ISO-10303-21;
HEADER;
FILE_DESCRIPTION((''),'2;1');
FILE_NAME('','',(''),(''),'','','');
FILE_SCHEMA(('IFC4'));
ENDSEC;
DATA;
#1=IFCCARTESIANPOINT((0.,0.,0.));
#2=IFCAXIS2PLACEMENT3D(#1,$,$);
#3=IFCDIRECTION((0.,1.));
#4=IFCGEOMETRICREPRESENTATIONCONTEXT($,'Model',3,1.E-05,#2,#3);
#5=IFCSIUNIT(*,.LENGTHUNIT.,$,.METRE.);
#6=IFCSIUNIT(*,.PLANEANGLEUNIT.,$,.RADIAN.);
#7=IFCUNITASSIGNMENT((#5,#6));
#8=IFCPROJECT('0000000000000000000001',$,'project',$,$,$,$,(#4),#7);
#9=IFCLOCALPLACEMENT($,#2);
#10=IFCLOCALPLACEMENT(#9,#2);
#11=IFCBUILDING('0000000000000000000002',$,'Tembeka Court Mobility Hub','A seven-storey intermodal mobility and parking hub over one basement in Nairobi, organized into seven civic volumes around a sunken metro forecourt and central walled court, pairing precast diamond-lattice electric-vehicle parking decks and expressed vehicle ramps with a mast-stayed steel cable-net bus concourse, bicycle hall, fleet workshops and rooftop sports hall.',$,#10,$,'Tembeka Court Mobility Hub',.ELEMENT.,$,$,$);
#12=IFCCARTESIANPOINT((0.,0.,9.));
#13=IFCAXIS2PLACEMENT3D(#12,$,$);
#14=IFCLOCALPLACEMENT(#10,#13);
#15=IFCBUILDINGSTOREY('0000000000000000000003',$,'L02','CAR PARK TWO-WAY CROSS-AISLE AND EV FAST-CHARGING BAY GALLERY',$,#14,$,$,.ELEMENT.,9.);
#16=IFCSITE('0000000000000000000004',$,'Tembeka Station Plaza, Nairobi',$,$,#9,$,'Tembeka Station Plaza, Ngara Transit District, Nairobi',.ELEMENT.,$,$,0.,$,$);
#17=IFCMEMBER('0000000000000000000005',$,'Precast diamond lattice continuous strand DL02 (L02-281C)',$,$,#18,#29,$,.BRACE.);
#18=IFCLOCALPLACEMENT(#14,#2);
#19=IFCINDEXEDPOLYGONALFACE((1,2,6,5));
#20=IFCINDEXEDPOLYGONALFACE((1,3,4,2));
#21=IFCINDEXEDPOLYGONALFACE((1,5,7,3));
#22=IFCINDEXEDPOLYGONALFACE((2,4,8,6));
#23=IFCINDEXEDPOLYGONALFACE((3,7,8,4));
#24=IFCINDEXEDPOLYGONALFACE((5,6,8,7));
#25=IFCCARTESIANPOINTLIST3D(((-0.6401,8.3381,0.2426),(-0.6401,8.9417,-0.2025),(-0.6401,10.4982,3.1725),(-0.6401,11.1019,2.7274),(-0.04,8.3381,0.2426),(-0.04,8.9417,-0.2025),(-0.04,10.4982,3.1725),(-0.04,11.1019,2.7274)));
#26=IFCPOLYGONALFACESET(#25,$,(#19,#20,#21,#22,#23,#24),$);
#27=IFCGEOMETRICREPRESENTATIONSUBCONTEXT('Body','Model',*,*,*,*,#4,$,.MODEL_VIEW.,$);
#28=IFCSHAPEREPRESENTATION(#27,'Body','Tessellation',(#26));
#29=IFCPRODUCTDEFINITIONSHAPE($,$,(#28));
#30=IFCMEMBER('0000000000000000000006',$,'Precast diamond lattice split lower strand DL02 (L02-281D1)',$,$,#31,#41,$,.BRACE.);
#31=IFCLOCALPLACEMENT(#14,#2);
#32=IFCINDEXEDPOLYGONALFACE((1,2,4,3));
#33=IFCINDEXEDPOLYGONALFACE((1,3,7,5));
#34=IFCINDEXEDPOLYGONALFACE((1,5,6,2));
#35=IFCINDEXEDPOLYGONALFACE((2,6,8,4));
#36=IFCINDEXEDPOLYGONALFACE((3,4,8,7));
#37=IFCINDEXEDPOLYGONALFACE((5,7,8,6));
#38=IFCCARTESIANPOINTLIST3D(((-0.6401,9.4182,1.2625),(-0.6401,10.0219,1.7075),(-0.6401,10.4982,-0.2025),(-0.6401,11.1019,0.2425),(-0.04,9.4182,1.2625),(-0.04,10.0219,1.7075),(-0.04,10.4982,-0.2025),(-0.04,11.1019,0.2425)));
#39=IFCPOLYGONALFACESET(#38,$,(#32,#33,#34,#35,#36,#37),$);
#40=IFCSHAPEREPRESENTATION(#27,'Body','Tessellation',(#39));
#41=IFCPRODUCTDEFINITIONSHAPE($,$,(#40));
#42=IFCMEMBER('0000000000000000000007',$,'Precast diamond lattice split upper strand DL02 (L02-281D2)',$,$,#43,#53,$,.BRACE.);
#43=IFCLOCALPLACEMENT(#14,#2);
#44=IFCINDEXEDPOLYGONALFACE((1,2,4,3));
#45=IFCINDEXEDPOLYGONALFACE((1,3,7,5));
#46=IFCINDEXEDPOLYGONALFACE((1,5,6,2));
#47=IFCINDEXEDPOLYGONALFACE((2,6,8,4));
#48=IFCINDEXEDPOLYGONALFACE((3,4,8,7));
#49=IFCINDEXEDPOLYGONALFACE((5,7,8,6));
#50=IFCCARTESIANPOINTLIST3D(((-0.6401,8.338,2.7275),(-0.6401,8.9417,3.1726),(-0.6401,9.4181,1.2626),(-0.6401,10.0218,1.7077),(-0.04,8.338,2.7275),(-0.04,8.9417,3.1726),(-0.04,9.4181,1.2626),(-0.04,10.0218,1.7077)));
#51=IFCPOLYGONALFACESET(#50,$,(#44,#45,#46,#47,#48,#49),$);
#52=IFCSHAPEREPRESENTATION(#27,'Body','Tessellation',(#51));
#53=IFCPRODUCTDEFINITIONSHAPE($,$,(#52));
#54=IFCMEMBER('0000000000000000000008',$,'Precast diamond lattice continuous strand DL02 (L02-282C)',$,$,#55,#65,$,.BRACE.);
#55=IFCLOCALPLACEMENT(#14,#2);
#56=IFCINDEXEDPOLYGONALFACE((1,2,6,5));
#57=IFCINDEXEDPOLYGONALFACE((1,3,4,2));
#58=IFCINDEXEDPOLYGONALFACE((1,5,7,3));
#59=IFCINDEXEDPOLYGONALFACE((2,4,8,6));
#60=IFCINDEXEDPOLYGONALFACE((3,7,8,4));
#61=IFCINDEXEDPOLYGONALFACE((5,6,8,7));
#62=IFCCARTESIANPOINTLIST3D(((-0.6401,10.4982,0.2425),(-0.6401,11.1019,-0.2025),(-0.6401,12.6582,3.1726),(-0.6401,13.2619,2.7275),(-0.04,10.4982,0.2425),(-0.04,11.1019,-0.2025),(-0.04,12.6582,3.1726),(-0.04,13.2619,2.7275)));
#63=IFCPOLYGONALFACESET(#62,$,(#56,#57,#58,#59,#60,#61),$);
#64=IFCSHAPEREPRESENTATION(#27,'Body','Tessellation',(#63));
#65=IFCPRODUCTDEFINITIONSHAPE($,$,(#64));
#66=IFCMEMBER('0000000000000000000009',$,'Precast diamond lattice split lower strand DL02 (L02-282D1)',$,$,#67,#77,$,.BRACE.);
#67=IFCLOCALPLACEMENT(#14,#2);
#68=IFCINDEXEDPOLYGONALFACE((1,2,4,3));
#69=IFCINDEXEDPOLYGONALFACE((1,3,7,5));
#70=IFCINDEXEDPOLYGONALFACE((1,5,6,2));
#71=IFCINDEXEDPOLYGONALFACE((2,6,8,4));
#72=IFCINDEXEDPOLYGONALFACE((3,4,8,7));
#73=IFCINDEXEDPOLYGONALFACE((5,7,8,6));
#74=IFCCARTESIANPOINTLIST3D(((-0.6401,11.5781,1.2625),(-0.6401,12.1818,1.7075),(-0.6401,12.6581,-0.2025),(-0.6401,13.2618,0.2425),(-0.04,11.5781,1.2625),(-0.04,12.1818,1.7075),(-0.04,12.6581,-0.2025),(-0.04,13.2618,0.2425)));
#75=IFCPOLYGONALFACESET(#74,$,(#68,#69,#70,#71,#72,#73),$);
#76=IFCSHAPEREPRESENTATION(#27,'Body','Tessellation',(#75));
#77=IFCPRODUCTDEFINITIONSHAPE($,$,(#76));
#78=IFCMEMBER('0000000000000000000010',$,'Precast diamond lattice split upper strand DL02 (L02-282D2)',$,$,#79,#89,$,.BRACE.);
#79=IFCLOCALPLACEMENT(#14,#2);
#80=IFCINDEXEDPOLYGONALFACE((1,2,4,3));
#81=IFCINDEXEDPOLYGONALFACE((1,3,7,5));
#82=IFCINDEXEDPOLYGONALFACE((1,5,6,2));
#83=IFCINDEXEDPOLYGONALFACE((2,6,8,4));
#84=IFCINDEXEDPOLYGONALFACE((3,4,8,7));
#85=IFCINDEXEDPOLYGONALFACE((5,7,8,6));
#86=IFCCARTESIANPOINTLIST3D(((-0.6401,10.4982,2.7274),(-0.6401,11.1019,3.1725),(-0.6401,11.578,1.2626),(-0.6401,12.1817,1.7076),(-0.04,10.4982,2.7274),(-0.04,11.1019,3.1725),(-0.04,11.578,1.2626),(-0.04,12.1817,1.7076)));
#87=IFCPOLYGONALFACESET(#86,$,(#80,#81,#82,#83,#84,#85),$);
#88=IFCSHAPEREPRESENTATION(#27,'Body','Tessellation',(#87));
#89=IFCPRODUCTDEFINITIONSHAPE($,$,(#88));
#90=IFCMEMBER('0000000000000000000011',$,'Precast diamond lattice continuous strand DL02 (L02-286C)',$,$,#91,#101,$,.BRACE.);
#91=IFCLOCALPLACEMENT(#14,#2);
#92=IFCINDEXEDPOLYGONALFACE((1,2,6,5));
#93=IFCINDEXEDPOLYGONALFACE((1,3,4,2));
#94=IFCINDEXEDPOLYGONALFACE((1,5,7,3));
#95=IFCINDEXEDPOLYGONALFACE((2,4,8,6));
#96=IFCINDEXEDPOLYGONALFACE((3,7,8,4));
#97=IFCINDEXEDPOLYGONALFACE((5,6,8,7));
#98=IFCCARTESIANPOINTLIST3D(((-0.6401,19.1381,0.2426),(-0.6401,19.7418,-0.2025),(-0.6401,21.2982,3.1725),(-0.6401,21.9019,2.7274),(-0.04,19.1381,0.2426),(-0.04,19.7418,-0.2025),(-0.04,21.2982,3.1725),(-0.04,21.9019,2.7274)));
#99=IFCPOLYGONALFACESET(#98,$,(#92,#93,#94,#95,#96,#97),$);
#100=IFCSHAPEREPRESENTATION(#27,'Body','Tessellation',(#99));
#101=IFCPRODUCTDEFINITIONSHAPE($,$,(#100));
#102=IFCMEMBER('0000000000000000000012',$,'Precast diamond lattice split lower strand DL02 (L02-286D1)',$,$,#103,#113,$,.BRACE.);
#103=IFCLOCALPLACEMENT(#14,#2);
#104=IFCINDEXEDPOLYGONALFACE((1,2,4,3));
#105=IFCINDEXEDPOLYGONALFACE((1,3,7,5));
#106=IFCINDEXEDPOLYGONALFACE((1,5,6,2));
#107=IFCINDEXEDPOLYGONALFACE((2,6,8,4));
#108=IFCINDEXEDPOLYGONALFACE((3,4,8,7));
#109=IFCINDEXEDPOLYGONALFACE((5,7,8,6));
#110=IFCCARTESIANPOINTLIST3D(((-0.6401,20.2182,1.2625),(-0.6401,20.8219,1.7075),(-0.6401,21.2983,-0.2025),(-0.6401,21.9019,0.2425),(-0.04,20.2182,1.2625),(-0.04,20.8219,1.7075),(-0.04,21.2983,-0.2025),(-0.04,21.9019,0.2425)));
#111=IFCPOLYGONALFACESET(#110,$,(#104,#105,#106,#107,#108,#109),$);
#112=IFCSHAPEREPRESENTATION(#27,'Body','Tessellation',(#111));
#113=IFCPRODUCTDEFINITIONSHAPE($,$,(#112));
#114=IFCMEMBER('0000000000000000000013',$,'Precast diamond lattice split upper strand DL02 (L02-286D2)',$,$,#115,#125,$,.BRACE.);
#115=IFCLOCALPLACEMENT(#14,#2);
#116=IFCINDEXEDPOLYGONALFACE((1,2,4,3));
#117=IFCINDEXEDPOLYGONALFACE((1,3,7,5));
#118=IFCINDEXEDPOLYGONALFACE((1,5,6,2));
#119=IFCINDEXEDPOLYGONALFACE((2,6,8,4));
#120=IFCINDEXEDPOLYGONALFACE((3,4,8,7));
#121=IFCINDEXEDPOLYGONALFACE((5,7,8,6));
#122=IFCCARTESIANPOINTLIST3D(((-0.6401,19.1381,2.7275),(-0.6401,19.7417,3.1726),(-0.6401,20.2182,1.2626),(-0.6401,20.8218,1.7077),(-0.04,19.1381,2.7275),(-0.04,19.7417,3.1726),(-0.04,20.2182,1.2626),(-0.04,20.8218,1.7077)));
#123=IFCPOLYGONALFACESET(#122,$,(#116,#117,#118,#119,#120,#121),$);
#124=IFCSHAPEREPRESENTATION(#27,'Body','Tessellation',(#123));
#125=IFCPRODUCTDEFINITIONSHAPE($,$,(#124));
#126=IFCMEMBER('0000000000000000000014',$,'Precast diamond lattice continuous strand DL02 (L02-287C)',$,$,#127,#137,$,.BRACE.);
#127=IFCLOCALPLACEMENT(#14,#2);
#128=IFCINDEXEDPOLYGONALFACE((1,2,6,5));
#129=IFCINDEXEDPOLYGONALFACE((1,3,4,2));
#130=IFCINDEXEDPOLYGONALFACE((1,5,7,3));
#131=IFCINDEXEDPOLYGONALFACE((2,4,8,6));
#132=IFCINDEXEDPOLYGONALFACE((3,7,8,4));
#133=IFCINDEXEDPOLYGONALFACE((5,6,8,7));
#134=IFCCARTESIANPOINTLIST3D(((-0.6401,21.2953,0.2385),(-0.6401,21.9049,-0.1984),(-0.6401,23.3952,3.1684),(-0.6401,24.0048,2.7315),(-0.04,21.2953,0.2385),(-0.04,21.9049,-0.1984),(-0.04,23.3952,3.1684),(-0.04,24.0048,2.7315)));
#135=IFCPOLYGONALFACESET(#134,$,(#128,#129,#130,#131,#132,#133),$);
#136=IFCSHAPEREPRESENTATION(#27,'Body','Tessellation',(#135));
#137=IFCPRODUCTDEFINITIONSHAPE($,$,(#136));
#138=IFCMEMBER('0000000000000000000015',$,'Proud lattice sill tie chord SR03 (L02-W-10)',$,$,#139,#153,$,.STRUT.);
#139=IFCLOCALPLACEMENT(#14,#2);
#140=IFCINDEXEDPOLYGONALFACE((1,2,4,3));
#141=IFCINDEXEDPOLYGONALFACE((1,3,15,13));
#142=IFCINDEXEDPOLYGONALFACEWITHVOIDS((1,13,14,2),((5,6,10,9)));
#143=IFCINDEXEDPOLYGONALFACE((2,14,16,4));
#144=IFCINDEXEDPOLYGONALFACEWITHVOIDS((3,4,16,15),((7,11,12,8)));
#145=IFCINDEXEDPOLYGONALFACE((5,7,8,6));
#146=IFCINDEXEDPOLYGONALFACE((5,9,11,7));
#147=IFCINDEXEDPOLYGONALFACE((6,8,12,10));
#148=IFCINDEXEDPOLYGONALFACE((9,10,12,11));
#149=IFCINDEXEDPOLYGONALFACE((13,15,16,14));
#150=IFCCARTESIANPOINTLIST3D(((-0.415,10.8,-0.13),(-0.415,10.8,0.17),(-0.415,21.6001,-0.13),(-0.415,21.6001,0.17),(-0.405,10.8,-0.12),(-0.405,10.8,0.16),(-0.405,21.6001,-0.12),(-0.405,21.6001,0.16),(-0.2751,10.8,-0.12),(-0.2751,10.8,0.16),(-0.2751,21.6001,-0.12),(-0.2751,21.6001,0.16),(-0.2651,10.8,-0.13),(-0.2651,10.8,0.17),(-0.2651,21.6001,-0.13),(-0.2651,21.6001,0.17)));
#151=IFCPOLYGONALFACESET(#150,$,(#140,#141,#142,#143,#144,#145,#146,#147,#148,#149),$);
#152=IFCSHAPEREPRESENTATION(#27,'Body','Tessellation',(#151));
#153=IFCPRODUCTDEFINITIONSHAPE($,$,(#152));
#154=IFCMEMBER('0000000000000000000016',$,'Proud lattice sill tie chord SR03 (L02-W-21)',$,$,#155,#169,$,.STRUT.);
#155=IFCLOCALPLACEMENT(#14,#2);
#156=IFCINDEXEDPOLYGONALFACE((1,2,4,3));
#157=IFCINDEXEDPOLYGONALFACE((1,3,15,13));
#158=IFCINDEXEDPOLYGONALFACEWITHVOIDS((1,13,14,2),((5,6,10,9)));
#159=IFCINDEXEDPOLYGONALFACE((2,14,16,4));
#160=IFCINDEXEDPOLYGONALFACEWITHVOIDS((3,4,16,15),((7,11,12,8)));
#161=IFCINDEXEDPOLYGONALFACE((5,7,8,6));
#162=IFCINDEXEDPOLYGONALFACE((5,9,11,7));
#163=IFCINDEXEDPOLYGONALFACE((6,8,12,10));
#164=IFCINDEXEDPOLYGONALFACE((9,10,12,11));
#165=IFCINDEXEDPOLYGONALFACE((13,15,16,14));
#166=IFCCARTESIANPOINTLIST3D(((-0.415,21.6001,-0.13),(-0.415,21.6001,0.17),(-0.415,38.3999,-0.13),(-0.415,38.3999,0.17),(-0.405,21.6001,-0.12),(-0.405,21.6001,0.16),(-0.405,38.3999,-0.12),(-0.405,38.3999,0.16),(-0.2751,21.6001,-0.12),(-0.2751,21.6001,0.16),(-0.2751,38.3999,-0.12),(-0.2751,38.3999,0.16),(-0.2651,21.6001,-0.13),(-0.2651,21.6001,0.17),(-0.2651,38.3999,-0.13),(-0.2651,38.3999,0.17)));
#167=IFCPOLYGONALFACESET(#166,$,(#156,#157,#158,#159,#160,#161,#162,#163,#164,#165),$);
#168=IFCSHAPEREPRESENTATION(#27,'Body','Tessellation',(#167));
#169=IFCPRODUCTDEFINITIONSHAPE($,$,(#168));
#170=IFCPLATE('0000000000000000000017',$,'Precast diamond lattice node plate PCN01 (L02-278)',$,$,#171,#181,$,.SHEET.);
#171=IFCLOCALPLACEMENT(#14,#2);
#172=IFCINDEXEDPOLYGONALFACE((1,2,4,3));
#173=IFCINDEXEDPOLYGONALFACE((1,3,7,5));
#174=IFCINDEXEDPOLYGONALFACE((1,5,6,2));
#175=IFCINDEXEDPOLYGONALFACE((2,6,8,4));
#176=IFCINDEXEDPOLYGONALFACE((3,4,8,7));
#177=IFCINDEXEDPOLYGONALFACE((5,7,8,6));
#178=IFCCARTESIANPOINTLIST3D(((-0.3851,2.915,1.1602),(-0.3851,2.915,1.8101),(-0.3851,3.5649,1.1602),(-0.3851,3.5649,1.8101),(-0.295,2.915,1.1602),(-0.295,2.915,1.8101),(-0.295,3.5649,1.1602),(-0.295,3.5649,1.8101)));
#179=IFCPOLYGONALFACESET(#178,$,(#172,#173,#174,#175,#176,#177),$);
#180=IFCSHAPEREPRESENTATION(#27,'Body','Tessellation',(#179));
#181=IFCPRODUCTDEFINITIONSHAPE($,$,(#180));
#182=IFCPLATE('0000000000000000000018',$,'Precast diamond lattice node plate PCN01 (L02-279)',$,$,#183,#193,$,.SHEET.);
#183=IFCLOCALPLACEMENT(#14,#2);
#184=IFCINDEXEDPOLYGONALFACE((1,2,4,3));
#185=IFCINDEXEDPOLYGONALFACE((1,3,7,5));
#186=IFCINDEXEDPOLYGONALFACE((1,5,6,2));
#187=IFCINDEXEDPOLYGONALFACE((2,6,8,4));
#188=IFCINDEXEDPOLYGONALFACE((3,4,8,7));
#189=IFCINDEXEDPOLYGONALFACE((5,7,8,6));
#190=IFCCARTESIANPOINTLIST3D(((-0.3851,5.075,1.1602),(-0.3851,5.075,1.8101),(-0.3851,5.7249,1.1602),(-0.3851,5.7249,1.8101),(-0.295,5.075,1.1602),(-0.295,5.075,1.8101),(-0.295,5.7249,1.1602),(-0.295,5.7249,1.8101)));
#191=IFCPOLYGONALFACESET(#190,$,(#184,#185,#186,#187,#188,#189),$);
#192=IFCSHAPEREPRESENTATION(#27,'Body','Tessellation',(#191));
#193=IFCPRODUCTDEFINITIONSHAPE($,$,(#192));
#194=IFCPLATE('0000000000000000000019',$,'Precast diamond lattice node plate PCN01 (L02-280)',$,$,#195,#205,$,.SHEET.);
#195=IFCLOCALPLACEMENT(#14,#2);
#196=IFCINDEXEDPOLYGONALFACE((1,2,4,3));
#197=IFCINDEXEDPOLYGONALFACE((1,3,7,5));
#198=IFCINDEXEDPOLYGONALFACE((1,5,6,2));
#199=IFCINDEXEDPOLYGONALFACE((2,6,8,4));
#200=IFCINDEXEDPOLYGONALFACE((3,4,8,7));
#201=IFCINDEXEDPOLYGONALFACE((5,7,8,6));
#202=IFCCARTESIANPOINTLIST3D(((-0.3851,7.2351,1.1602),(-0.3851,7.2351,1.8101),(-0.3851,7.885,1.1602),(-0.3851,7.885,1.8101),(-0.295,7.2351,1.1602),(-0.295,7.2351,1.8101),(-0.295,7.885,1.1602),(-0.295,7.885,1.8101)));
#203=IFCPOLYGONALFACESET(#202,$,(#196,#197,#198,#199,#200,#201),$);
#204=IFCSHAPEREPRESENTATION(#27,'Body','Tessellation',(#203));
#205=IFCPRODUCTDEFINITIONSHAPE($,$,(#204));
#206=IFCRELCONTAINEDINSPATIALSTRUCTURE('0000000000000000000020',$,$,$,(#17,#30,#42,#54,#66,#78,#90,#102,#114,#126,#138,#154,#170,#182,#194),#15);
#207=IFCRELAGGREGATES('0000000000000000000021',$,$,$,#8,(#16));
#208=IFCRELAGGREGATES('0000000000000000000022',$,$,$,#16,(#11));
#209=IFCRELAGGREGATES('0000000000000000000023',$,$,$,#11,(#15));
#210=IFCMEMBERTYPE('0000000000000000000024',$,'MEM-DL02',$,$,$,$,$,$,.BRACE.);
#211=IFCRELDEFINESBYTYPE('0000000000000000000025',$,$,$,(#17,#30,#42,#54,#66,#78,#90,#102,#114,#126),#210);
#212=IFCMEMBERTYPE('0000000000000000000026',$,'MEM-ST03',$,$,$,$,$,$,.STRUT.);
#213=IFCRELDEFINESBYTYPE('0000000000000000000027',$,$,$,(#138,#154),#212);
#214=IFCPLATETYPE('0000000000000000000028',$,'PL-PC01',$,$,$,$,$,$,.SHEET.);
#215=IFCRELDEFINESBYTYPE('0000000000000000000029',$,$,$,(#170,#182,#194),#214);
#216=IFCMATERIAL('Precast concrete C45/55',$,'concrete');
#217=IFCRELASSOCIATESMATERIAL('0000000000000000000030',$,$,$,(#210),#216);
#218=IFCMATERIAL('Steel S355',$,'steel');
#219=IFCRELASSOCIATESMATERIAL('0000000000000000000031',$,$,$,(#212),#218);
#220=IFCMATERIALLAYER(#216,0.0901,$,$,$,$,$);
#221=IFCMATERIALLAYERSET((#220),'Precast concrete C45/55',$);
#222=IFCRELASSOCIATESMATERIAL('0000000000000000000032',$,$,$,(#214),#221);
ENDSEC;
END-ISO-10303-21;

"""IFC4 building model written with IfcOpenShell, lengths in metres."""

from ifc_helpers import new_model, si_unit, direction, frame, origin, origin_2d, place, context, subcontext, project, spatial, rectangle, hollow_rectangle, extrude, material, layer, layer_set, material_profile, profile_set, type_object, element, save


model = new_model("IFC4")

# Units and contexts
model_context = context("Model", 3, precision=1e-05, world=origin(), true_north=direction((0.0, 1.0)))
body_context = subcontext(model_context, "Body", "Model", "MODEL_VIEW")
ifc_project = project(units=[si_unit("LENGTHUNIT", "METRE"), si_unit("PLANEANGLEUNIT", "RADIAN")], contexts=[model_context])

# Site, building, storey
site_placement = place(None, origin())
site = spatial("IfcSite", under=ifc_project, at=site_placement, Name="Tembeka Station Plaza, Nairobi", LongName="Tembeka Station Plaza, Ngara Transit District, Nairobi", CompositionType="ELEMENT", RefElevation=0.0)
building_placement = place(site_placement, origin())
building = spatial("IfcBuilding", under=site, at=building_placement, Name="Tembeka Court Mobility Hub", Description="A seven-storey intermodal mobility and parking hub over one basement in Nairobi, organized into seven civic volumes around a sunken metro forecourt and central walled court, pairing precast diamond-lattice electric-vehicle parking decks and expressed vehicle ramps with a mast-stayed steel cable-net bus concourse, bicycle hall, fleet workshops and rooftop sports hall.", LongName="Tembeka Court Mobility Hub", CompositionType="ELEMENT")
storey_placement = place(building_placement, frame((0.0, 0.0, 9.0)))
storey = spatial("IfcBuildingStorey", under=building, at=storey_placement, Name="L02", Description="CAR PARK TWO-WAY CROSS-AISLE AND EV FAST-CHARGING BAY GALLERY", CompositionType="ELEMENT", Elevation=9.0)

# Members
ifc_material_1 = material(Name="Precast concrete C45/55", Category="concrete")
ifc_material_profile_1 = material_profile(ifc_material_1, rectangle(XDim=0.6001, YDim=0.75, at=origin_2d()), Name="PC-DIAG 600x750")
ifc_profile_set_1 = profile_set([ifc_material_profile_1], Name="Precast concrete C45/55")
member_type_1 = type_object("IfcMemberType", Name="MEM-DL02", PredefinedType="BRACE", material=ifc_profile_set_1)
member_1_placement = place(storey_placement, frame((-0.3401, 8.6399, 0.02), z_axis=(0.0, 0.593423, 0.804891), x_axis=(-1.0, 0.0, 0.0)))
element("IfcMember", 1, at=member_1_placement, inside=storey, type_object=member_type_1, Name="Precast diamond lattice continuous strand DL02 (L02-281C)", PredefinedType="BRACE", context=body_context, shape_type="SweptSolid", body=[
    extrude(rectangle(XDim=0.6001, YDim=0.75, at=origin_2d()), origin(), (0.0, 0.0, 1.0), 3.6401),
])
for number, where, z_axis, x_axis, name in (
    (2, (-0.3401, 10.8, 0.02), (0.0, -0.593391, 0.804914), (1.0, 0.0, 0.0), "Precast diamond lattice split lower strand DL02 (L02-281D1)"),
    (3, (-0.3401, 9.72, 1.4851), (0.0, -0.593455, 0.804867), (1.0, 0.0, 0.0), "Precast diamond lattice split upper strand DL02 (L02-281D2)"),
):
    element("IfcMember", number, at=place(storey_placement, frame(where, z_axis=z_axis, x_axis=x_axis)), inside=storey, type_object=member_type_1, Name=name, PredefinedType="BRACE", context=body_context, shape_type="SweptSolid", body=[
        extrude(rectangle(XDim=0.6001, YDim=0.75, at=origin_2d()), origin(), (0.0, 0.0, 1.0), 1.8201),
    ])
member_2_placement = place(storey_placement, frame((-0.3401, 10.8, 0.02), z_axis=(0.0, 0.59338, 0.804923), x_axis=(-1.0, 0.0, 0.0)))
element("IfcMember", 4, at=member_2_placement, inside=storey, type_object=member_type_1, Name="Precast diamond lattice continuous strand DL02 (L02-282C)", PredefinedType="BRACE", context=body_context, shape_type="SweptSolid", body=[
    extrude(rectangle(XDim=0.6001, YDim=0.75, at=origin_2d()), origin(), (0.0, 0.0, 1.0), 3.6401),
])
member_3_placement = place(storey_placement, frame((-0.3401, 12.96, 0.02), z_axis=(0.0, -0.593391, 0.804914), x_axis=(1.0, 0.0, 0.0)))
element("IfcMember", 5, at=member_3_placement, inside=storey, type_object=member_type_1, Name="Precast diamond lattice split lower strand DL02 (L02-282D1)", PredefinedType="BRACE", context=body_context, shape_type="SweptSolid", body=[
    extrude(rectangle(XDim=0.6001, YDim=0.75, at=origin_2d()), origin(), (0.0, 0.0, 1.0), 1.8201),
])
member_4_placement = place(storey_placement, frame((-0.3401, 11.8799, 1.4851), z_axis=(0.0, -0.593368, 0.804931), x_axis=(1.0, 0.0, 0.0)))
element("IfcMember", 6, at=member_4_placement, inside=storey, type_object=member_type_1, Name="Precast diamond lattice split upper strand DL02 (L02-282D2)", PredefinedType="BRACE", context=body_context, shape_type="SweptSolid", body=[
    extrude(rectangle(XDim=0.6001, YDim=0.75, at=origin_2d()), origin(), (0.0, 0.0, 1.0), 1.8198),
])
member_5_placement = place(storey_placement, frame((-0.3401, 19.4399, 0.02), z_axis=(0.0, 0.593423, 0.804891), x_axis=(-1.0, 0.0, 0.0)))
element("IfcMember", 7, at=member_5_placement, inside=storey, type_object=member_type_1, Name="Precast diamond lattice continuous strand DL02 (L02-286C)", PredefinedType="BRACE", context=body_context, shape_type="SweptSolid", body=[
    extrude(rectangle(XDim=0.6001, YDim=0.75, at=origin_2d()), origin(), (0.0, 0.0, 1.0), 3.6401),
])
for number, where, z_axis, x_axis, name in (
    (8, (-0.3401, 21.6001, 0.02), (0.0, -0.593391, 0.804914), (1.0, 0.0, 0.0), "Precast diamond lattice split lower strand DL02 (L02-286D1)"),
    (9, (-0.3401, 20.52, 1.4851), (0.0, -0.593455, 0.804867), (1.0, 0.0, 0.0), "Precast diamond lattice split upper strand DL02 (L02-286D2)"),
):
    element("IfcMember", number, at=place(storey_placement, frame(where, z_axis=z_axis, x_axis=x_axis)), inside=storey, type_object=member_type_1, Name=name, PredefinedType="BRACE", context=body_context, shape_type="SweptSolid", body=[
        extrude(rectangle(XDim=0.6001, YDim=0.75, at=origin_2d()), origin(), (0.0, 0.0, 1.0), 1.8201),
    ])
member_6_placement = place(storey_placement, frame((-0.3401, 21.6001, 0.02), z_axis=(0.0, 0.582532, 0.812808), x_axis=(-1.0, 0.0, 0.0)))
element("IfcMember", 10, at=member_6_placement, inside=storey, type_object=member_type_1, Name="Precast diamond lattice continuous strand DL02 (L02-287C)", PredefinedType="BRACE", context=body_context, shape_type="SweptSolid", body=[
    extrude(rectangle(XDim=0.6001, YDim=0.75, at=origin_2d()), origin(), (0.0, 0.0, 1.0), 3.6047),
])
ifc_material_2 = material(Name="Steel S355", Category="steel")
ifc_material_profile_2 = material_profile(ifc_material_2, hollow_rectangle(XDim=0.1499, YDim=0.3, WallThickness=0.01, at=origin_2d()), Name="RHS 300x150x10")
ifc_profile_set_2 = profile_set([ifc_material_profile_2], Name="Steel S355")
member_type_2 = type_object("IfcMemberType", Name="MEM-ST03", PredefinedType="STRUT", material=ifc_profile_set_2)
member_7_placement = place(storey_placement, frame((-0.3401, 10.8, 0.02), z_axis=(0.0, 1.0, 0.0), x_axis=(-1.0, 0.0, 0.0)))
element("IfcMember", 11, at=member_7_placement, inside=storey, type_object=member_type_2, Name="Proud lattice sill tie chord SR03 (L02-W-10)", PredefinedType="STRUT", context=body_context, shape_type="SweptSolid", body=[
    extrude(hollow_rectangle(XDim=0.1499, YDim=0.3, WallThickness=0.01, at=origin_2d()), origin(), (0.0, 0.0, 1.0), 10.8),
])
member_8_placement = place(storey_placement, frame((-0.3401, 21.6001, 0.02), z_axis=(0.0, 1.0, 0.0), x_axis=(-1.0, 0.0, 0.0)))
element("IfcMember", 12, at=member_8_placement, inside=storey, type_object=member_type_2, Name="Proud lattice sill tie chord SR03 (L02-W-21)", PredefinedType="STRUT", context=body_context, shape_type="SweptSolid", body=[
    extrude(hollow_rectangle(XDim=0.1499, YDim=0.3, WallThickness=0.01, at=origin_2d()), origin(), (0.0, 0.0, 1.0), 16.7998),
])

# Plates
ifc_layer = layer(ifc_material_1, 0.0901)
ifc_layer_set = layer_set([ifc_layer], Name="Precast concrete C45/55")
plate_type = type_object("IfcPlateType", Name="PL-PC01", PredefinedType="SHEET", material=ifc_layer_set)
for number, where, z_axis, x_axis, name in (
    (13, (-0.3401, 3.24, 1.1602), (0.0, 0.0, 1.0), (1.0, 0.0, 0.0), "Precast diamond lattice node plate PCN01 (L02-278)"),
    (14, (-0.3401, 5.3999, 1.1602), (0.0, 0.0, 1.0), (1.0, 0.0, 0.0), "Precast diamond lattice node plate PCN01 (L02-279)"),
    (15, (-0.3401, 7.5601, 1.1602), (0.0, 0.0, 1.0), (1.0, 0.0, 0.0), "Precast diamond lattice node plate PCN01 (L02-280)"),
):
    element("IfcPlate", number, at=place(storey_placement, frame(where, z_axis=z_axis, x_axis=x_axis)), inside=storey, type_object=plate_type, Name=name, PredefinedType="SHEET", context=body_context, shape_type="SweptSolid", body=[
        extrude(rectangle(XDim=0.0901, YDim=0.6499, at=origin_2d()), origin(), (0.0, 0.0, 1.0), 0.6499),
    ])

save(model, "model.ifc")
